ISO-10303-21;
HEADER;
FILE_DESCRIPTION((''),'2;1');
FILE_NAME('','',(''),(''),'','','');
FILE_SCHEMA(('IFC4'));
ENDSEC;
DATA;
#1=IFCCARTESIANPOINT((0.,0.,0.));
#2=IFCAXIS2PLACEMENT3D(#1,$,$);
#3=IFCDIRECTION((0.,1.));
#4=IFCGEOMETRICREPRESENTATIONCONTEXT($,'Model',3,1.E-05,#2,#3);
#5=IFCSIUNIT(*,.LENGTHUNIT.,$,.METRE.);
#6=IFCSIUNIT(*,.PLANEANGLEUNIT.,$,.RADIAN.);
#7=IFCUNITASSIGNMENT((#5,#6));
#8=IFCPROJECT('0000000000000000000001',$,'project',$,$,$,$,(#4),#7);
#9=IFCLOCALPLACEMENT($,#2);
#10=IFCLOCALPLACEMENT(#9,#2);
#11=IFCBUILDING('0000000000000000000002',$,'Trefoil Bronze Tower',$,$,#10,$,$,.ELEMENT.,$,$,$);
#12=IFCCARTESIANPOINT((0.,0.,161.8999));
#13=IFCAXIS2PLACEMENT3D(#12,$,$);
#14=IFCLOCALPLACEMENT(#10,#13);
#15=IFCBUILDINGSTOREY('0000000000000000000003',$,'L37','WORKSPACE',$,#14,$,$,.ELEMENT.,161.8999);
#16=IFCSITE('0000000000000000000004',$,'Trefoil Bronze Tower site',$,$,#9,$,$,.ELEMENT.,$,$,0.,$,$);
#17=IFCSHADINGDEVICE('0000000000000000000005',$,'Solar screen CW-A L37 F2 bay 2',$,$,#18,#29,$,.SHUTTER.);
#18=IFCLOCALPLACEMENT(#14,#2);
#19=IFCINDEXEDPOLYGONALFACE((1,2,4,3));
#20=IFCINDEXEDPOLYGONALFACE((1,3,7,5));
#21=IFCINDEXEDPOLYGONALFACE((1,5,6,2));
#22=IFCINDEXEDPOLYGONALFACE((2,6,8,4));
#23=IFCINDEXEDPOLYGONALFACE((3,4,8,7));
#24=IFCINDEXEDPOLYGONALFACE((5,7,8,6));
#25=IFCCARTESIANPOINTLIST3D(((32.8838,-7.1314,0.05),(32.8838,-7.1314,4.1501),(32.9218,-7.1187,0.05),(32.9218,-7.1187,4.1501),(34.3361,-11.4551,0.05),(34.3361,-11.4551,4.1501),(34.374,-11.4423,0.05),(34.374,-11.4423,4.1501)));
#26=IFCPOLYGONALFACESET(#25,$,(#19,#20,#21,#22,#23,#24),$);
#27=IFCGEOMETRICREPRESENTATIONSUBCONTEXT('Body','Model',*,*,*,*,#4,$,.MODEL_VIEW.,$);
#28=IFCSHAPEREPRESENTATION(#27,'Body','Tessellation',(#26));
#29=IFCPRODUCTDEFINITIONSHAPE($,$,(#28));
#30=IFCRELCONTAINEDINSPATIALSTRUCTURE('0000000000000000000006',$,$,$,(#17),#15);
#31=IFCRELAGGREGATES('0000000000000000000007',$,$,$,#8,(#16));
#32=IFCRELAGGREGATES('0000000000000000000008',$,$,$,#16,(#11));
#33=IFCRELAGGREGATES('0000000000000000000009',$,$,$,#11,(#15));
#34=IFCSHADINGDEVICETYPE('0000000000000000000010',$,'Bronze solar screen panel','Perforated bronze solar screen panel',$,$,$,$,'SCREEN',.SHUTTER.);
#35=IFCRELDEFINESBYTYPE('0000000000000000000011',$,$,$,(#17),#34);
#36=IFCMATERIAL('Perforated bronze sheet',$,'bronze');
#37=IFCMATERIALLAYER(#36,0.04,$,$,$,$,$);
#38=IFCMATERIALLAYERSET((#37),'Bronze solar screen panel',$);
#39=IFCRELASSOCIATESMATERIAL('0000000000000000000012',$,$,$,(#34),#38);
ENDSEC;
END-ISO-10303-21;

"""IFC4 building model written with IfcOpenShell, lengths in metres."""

from ifc_helpers import new_model, si_unit, direction, frame, origin, origin_2d, place, context, subcontext, project, spatial, rectangle, extrude, material, layer, layer_set, type_object, element, save


model = new_model("IFC4")

# Units and contexts
model_context = context("Model", 3, precision=1e-05, world=origin(), true_north=direction((0.0, 1.0)))
body_context = subcontext(model_context, "Body", "Model", "MODEL_VIEW")
ifc_project = project(units=[si_unit("LENGTHUNIT", "METRE"), si_unit("PLANEANGLEUNIT", "RADIAN")], contexts=[model_context])

# Site, building, storey
site_placement = place(None, origin())
site = spatial("IfcSite", under=ifc_project, at=site_placement, Name="Trefoil Bronze Tower site", CompositionType="ELEMENT", RefElevation=0.0)
building_placement = place(site_placement, origin())
building = spatial("IfcBuilding", under=site, at=building_placement, Name="Trefoil Bronze Tower", CompositionType="ELEMENT")
storey_placement = place(building_placement, frame((0.0, 0.0, 161.8999)))
storey = spatial("IfcBuildingStorey", under=building, at=storey_placement, Name="L37", Description="WORKSPACE", CompositionType="ELEMENT", Elevation=161.8999)

# Shading device
ifc_material_1 = material(Name="Perforated bronze sheet", Category="bronze")
ifc_layer_1 = layer(ifc_material_1, 0.04)
ifc_layer_set_1 = layer_set([ifc_layer_1], Name="Bronze solar screen panel")
shading_device_type = type_object("IfcShadingDeviceType", Name="Bronze solar screen panel", Description="Perforated bronze solar screen panel", ElementType="SCREEN", PredefinedType="SHUTTER", material=ifc_layer_set_1)
shading_device_1_placement = place(storey_placement, frame((33.6289, -9.2869, 0.05), z_axis=(0.0, 0.0, 1.0), x_axis=(-0.318404, 0.947955, 0.0)))
element("IfcShadingDevice", 1, at=shading_device_1_placement, inside=storey, type_object=shading_device_type, Name="Solar screen CW-A L37 F2 bay 2", PredefinedType="SHUTTER", context=body_context, shape_type="SweptSolid", body=[
    extrude(rectangle(XDim=4.561, YDim=0.04, at=origin_2d()), origin(), (0.0, 0.0, 1.0), 4.1001),
])

save(model, "model.ifc")
